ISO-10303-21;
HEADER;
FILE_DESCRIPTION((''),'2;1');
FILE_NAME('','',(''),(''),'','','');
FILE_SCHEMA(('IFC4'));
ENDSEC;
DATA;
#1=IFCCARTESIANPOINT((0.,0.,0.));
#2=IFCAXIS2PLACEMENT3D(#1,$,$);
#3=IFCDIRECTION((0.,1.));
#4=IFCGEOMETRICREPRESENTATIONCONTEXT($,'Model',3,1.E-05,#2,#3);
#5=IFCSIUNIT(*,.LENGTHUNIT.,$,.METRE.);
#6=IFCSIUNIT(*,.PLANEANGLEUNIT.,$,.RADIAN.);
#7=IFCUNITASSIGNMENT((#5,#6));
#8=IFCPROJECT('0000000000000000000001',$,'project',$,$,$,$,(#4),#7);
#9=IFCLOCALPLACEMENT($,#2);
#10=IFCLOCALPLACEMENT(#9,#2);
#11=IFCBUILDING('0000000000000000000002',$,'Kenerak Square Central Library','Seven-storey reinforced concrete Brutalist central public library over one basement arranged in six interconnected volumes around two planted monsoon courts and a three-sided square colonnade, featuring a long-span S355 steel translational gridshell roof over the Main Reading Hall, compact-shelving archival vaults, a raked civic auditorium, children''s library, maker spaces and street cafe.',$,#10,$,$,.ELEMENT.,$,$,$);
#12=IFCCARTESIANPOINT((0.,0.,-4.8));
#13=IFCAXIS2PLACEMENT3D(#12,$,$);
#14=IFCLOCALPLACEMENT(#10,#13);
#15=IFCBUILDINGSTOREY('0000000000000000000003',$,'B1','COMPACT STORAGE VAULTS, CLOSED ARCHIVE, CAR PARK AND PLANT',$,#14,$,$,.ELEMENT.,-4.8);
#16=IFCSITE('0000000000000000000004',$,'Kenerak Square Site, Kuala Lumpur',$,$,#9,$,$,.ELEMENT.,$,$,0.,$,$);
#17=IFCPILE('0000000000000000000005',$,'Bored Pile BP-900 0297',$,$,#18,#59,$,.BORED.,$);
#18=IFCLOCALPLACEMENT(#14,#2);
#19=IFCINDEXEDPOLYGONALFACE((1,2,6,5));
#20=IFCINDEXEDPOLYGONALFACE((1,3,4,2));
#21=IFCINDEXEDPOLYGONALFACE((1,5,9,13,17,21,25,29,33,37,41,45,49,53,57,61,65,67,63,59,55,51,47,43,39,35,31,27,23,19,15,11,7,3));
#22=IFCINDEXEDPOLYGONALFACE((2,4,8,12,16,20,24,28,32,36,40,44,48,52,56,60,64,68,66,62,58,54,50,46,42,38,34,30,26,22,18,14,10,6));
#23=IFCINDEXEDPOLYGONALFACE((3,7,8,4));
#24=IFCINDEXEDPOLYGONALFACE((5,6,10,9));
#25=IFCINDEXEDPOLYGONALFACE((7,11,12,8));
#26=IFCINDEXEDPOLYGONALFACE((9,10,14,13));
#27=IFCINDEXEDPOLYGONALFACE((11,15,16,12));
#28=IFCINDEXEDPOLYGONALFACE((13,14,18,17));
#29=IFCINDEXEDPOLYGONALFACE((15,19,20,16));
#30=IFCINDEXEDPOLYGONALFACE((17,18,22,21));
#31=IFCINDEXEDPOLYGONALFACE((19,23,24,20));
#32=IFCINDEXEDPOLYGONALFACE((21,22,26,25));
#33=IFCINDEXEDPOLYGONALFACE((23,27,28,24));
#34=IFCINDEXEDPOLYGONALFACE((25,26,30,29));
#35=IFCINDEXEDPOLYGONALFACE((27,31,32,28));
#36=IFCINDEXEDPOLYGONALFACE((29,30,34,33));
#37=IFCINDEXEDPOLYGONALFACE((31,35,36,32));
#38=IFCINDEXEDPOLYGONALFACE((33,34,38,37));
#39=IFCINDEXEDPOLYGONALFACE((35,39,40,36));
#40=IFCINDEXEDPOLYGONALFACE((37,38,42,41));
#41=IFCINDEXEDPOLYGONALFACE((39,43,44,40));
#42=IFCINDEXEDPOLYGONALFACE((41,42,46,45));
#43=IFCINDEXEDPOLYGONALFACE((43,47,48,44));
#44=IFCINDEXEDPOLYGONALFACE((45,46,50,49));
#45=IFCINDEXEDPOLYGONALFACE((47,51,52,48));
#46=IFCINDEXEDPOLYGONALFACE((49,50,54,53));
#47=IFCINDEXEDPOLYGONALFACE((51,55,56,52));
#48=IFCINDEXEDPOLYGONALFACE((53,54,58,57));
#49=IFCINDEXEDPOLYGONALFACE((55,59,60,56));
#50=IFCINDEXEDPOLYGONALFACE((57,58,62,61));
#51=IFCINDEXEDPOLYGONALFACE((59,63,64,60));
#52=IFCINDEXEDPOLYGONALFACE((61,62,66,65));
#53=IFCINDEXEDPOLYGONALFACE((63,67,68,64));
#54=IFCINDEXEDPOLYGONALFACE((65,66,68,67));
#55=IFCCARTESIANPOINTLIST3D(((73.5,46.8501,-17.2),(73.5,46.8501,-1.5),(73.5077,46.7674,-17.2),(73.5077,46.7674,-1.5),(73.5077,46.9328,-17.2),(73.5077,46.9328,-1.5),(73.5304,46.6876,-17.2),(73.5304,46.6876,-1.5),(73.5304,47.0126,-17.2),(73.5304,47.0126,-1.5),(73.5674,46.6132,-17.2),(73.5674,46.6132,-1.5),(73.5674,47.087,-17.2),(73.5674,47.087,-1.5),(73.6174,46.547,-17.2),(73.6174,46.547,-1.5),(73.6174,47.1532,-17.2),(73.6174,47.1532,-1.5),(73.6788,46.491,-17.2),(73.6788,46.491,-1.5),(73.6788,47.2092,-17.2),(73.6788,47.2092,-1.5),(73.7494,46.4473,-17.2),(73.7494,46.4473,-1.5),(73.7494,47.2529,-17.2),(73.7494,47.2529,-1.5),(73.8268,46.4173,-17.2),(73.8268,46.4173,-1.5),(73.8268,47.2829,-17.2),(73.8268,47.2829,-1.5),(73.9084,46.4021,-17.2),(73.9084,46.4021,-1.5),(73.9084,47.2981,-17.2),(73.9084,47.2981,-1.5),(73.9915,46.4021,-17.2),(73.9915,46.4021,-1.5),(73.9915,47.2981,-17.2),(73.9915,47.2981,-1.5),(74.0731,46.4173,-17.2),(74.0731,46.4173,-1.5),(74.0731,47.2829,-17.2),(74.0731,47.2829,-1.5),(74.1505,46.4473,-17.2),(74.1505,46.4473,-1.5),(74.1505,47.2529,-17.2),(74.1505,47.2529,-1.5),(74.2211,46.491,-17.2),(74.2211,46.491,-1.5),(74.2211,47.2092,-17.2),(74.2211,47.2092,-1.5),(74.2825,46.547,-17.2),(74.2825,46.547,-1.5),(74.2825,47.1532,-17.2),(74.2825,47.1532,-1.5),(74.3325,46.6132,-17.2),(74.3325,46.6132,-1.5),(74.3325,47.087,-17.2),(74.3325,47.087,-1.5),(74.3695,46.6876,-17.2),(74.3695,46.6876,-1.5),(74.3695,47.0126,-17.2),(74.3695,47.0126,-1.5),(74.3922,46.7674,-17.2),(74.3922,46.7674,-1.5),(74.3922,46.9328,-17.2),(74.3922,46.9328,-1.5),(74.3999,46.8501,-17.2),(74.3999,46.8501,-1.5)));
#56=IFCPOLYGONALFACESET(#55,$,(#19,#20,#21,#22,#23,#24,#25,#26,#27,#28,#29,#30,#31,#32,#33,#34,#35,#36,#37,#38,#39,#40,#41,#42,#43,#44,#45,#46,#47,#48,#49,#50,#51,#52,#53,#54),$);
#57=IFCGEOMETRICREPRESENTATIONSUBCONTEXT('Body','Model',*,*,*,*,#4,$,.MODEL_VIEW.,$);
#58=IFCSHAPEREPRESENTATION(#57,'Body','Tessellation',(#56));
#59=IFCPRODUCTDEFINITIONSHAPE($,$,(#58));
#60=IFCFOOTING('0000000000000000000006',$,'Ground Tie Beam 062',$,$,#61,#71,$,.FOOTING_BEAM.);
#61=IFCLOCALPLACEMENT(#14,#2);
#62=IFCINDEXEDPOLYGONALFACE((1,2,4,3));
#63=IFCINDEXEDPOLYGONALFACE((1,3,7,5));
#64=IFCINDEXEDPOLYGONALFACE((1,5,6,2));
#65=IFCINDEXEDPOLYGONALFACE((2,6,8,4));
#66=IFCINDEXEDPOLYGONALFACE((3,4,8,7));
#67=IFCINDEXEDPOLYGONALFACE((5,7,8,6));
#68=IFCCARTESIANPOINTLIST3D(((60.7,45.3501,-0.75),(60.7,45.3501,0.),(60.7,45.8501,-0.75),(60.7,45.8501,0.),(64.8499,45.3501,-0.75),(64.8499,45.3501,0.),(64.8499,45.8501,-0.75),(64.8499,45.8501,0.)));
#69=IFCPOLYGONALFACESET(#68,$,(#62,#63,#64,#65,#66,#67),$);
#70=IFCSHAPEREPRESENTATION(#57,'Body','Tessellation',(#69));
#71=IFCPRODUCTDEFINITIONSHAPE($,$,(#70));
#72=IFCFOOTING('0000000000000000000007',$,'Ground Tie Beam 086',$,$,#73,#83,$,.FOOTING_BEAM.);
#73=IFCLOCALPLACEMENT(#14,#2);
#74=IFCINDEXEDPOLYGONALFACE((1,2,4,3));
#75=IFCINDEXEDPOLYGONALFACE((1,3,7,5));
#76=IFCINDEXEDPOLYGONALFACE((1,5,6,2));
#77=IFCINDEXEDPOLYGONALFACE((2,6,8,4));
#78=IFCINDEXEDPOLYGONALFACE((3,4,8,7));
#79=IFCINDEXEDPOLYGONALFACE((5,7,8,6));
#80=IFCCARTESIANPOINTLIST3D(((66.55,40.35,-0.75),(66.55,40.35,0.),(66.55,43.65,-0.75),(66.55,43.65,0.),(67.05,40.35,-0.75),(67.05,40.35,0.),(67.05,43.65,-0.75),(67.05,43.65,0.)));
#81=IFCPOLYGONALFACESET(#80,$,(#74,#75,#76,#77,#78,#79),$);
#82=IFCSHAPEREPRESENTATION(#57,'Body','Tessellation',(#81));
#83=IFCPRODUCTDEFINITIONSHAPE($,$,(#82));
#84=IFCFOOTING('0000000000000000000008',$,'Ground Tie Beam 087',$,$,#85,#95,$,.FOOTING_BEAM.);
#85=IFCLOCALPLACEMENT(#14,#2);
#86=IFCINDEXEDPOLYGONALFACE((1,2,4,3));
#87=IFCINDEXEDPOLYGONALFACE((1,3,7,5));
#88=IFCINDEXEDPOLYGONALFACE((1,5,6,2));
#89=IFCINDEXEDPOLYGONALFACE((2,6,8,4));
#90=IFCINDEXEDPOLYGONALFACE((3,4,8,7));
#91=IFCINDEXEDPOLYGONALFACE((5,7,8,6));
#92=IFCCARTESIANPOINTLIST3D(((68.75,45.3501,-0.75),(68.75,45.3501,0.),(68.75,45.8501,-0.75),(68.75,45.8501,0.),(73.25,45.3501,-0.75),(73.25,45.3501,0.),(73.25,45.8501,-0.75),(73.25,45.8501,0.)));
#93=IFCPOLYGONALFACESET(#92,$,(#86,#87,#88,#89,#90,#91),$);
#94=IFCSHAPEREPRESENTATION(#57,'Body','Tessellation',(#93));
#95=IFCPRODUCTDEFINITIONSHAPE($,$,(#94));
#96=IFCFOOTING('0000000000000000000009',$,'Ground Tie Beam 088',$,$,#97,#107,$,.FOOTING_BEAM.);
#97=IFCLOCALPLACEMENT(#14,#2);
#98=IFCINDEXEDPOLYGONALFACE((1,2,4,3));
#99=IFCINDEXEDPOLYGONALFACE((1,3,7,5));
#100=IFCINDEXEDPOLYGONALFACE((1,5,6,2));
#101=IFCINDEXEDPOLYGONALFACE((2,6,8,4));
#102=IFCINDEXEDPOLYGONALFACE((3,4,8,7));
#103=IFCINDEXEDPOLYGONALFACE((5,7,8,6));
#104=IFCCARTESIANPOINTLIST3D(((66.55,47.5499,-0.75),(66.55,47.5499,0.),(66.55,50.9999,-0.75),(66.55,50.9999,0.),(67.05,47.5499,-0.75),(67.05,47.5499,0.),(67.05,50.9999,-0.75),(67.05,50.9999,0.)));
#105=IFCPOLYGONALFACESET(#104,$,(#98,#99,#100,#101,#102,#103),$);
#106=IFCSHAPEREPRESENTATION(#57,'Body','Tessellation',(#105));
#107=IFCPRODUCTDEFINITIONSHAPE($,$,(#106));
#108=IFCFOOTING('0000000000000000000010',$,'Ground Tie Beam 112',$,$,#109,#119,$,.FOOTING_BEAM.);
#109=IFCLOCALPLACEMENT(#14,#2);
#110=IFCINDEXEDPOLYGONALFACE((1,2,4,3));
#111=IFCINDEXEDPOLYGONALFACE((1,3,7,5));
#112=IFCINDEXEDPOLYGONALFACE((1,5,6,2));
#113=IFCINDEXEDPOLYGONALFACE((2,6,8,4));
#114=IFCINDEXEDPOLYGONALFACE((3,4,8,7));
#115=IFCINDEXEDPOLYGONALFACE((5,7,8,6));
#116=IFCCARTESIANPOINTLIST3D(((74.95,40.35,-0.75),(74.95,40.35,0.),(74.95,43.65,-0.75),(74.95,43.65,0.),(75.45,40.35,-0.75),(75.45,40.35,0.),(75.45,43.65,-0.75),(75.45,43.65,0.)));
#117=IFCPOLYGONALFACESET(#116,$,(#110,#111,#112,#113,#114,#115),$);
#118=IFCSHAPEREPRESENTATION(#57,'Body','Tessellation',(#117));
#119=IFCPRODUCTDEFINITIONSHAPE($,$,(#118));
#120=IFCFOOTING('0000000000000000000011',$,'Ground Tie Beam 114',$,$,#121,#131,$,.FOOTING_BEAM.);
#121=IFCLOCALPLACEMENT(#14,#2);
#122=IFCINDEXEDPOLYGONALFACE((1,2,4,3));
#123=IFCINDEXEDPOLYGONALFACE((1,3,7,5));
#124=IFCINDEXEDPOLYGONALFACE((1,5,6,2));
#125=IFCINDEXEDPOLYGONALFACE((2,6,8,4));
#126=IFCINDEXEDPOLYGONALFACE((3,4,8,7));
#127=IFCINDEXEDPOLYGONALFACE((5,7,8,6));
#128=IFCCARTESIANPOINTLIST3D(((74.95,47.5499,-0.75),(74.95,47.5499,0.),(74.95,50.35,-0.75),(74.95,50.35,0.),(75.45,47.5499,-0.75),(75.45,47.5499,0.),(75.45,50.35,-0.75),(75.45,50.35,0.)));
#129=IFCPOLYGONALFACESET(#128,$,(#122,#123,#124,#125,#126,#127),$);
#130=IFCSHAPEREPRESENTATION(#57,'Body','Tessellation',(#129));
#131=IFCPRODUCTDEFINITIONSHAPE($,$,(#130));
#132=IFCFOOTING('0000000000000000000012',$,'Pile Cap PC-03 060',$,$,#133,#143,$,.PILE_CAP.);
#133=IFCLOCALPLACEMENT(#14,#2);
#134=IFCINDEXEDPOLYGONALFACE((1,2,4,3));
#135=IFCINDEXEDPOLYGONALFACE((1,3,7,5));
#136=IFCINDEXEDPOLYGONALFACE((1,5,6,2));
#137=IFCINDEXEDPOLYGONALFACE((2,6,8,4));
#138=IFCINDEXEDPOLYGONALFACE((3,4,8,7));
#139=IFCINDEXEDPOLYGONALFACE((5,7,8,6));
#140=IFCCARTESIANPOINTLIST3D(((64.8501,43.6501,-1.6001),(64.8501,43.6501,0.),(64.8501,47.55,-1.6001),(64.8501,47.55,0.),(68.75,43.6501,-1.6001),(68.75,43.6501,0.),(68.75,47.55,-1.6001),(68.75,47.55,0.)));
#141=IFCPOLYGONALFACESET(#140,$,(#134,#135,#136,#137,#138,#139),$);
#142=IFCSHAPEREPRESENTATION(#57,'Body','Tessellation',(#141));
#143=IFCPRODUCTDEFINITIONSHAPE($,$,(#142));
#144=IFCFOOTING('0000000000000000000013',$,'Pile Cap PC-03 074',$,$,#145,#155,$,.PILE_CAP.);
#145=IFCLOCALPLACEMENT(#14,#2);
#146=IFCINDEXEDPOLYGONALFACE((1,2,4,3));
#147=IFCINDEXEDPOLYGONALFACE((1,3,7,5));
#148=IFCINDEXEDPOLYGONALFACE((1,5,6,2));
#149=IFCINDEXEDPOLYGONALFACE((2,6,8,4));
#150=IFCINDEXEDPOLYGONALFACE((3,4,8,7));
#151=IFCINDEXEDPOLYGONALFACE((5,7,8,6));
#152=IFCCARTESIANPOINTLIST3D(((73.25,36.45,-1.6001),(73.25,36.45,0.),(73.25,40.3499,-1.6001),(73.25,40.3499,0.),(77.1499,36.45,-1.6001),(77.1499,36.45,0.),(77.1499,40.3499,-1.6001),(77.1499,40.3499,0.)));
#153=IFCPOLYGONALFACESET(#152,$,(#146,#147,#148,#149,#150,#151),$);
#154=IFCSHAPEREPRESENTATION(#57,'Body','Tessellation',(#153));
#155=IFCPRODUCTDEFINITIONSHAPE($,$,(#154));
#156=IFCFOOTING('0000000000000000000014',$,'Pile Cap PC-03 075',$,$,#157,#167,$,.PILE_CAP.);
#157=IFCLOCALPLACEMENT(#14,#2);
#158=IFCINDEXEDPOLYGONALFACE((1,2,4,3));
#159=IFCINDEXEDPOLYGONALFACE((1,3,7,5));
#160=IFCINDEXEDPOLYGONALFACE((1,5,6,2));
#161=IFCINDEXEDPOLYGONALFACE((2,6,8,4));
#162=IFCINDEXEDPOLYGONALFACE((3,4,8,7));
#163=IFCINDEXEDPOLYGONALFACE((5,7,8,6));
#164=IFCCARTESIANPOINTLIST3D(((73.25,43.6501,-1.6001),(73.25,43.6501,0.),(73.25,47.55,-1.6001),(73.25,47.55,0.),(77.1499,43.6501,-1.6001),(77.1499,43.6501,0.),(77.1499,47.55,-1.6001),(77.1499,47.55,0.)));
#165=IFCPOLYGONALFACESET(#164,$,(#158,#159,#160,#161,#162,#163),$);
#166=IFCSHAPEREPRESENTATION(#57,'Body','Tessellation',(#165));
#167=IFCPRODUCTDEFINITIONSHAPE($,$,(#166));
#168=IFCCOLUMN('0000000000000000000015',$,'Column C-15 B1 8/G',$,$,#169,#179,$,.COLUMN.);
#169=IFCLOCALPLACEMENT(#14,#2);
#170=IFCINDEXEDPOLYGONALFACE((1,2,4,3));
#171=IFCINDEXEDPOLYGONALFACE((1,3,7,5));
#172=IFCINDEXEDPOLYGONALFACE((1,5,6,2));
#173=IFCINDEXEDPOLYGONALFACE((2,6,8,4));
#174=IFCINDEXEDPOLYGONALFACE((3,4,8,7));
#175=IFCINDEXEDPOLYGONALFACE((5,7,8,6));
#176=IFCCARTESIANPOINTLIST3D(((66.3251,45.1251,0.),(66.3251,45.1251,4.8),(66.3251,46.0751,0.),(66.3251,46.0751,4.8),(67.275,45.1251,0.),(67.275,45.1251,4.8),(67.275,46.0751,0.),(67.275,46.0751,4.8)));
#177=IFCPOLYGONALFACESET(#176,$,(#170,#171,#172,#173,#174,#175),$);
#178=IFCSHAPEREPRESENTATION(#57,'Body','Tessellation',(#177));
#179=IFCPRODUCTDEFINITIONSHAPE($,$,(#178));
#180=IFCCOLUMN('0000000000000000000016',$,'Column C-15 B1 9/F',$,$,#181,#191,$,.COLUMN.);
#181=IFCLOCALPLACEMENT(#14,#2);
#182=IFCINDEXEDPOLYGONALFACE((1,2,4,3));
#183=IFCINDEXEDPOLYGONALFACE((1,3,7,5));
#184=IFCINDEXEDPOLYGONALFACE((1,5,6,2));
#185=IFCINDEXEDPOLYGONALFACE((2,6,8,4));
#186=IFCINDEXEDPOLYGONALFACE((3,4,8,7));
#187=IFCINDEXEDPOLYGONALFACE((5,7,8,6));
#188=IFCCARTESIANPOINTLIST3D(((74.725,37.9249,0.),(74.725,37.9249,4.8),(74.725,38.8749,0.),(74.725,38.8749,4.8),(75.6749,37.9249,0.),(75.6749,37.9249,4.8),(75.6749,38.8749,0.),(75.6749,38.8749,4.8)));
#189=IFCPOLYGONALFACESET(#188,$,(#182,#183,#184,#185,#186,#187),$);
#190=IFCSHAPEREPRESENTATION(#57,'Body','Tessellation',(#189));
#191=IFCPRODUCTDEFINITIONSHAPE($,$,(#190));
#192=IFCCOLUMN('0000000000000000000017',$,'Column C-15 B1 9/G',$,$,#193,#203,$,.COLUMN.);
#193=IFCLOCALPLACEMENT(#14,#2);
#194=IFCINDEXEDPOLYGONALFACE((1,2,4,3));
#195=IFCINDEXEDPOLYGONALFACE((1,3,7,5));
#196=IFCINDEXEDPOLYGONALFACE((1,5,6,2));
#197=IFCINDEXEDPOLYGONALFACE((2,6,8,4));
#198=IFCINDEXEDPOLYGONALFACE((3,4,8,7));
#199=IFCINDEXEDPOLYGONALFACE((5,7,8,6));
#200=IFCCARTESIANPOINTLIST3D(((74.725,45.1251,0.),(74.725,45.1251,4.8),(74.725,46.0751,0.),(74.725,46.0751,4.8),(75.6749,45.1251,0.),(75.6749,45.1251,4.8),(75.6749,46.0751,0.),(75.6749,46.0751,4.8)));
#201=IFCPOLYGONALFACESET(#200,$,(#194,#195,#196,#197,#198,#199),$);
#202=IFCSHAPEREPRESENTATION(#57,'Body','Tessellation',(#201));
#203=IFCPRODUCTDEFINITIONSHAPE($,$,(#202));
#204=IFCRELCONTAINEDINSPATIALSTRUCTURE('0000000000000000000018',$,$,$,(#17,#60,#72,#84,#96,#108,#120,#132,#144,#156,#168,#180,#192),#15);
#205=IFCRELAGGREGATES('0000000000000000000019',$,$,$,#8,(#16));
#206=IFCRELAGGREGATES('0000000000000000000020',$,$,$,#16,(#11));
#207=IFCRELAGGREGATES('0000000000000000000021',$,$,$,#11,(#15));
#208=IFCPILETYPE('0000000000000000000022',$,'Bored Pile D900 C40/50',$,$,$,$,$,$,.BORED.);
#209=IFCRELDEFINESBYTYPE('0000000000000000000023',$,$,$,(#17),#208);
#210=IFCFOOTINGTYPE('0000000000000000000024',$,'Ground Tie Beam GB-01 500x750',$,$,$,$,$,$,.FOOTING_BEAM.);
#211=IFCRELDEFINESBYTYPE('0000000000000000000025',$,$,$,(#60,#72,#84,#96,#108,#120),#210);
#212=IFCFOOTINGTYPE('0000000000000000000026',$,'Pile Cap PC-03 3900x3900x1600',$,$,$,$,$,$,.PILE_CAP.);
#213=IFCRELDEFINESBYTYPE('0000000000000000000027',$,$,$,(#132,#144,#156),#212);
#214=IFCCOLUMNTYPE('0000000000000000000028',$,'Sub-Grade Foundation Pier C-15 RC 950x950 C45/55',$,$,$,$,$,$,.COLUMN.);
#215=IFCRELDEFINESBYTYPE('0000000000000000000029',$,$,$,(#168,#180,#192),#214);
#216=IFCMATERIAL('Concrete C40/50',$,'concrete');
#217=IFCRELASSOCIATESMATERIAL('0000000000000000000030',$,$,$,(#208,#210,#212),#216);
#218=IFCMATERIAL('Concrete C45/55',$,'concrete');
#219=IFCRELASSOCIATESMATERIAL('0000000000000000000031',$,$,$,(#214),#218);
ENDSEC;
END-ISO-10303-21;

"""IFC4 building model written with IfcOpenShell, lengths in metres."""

from ifc_helpers import new_model, si_unit, direction, frame, origin, origin_2d, place, context, subcontext, project, spatial, rectangle, circle, extrude, material, material_profile, profile_set, type_object, element, save


model = new_model("IFC4")

# Units and contexts
model_context = context("Model", 3, precision=1e-05, world=origin(), true_north=direction((0.0, 1.0)))
body_context = subcontext(model_context, "Body", "Model", "MODEL_VIEW")
ifc_project = project(units=[si_unit("LENGTHUNIT", "METRE"), si_unit("PLANEANGLEUNIT", "RADIAN")], contexts=[model_context])

# Site, building, storey
site_placement = place(None, origin())
site = spatial("IfcSite", under=ifc_project, at=site_placement, Name="Kenerak Square Site, Kuala Lumpur", CompositionType="ELEMENT", RefElevation=0.0)
building_placement = place(site_placement, origin())
building = spatial("IfcBuilding", under=site, at=building_placement, Name="Kenerak Square Central Library", Description="Seven-storey reinforced concrete Brutalist central public library over one basement arranged in six interconnected volumes around two planted monsoon courts and a three-sided square colonnade, featuring a long-span S355 steel translational gridshell roof over the Main Reading Hall, compact-shelving archival vaults, a raked civic auditorium, children's library, maker spaces and street cafe.", CompositionType="ELEMENT")
storey_placement = place(building_placement, frame((0.0, 0.0, -4.8)))
storey = spatial("IfcBuildingStorey", under=building, at=storey_placement, Name="B1", Description="COMPACT STORAGE VAULTS, CLOSED ARCHIVE, CAR PARK AND PLANT", CompositionType="ELEMENT", Elevation=-4.8)

# Pile
ifc_material_1 = material(Name="Concrete C40/50", Category="concrete")
ifc_material_profile_1 = material_profile(ifc_material_1, circle(Radius=0.45, at=origin_2d()), Name="BP D900")
ifc_profile_set_1 = profile_set([ifc_material_profile_1], Name="Concrete C40/50")
pile_type_1 = type_object("IfcPileType", Name="Bored Pile D900 C40/50", PredefinedType="BORED", material=ifc_profile_set_1)
for number, where, z_axis, x_axis, name in (
    (1, (73.95, 46.8501, -1.5), (0.0, 0.0, -1.0), (1.0, 0.0, 0.0), "Bored Pile BP-900 0297"),
):
    element("IfcPile", number, at=place(storey_placement, frame(where, z_axis=z_axis, x_axis=x_axis)), inside=storey, type_object=pile_type_1, Name=name, PredefinedType="BORED", context=body_context, shape_type="SweptSolid", body=[
        extrude(circle(Radius=0.45, at=origin_2d()), origin(), (0.0, 0.0, 1.0), 15.7),
    ])

# Footings
footing_type_1 = type_object("IfcFootingType", Name="Ground Tie Beam GB-01 500x750", PredefinedType="FOOTING_BEAM", material=ifc_material_1)
footing_1_placement = place(storey_placement, frame((62.7749, 45.6001, -0.75), z_axis=(0.0, 0.0, 1.0), x_axis=(1.0, 0.0, 0.0)))
element("IfcFooting", 2, at=footing_1_placement, inside=storey, type_object=footing_type_1, Name="Ground Tie Beam 062", PredefinedType="FOOTING_BEAM", context=body_context, shape_type="SweptSolid", body=[
    extrude(rectangle(XDim=4.1499, YDim=0.5, at=origin_2d()), origin(), (0.0, 0.0, 1.0), 0.75),
])
footing_2_placement = place(storey_placement, frame((66.8, 42.0, -0.75), z_axis=(0.0, 0.0, 1.0), x_axis=(1.0, 0.0, 0.0)))
element("IfcFooting", 3, at=footing_2_placement, inside=storey, type_object=footing_type_1, Name="Ground Tie Beam 086", PredefinedType="FOOTING_BEAM", context=body_context, shape_type="SweptSolid", body=[
    extrude(rectangle(XDim=0.5, YDim=3.3, at=origin_2d()), origin(), (0.0, 0.0, 1.0), 0.75),
])
footing_3_placement = place(storey_placement, frame((71.0, 45.6001, -0.75), z_axis=(0.0, 0.0, 1.0), x_axis=(1.0, 0.0, 0.0)))
element("IfcFooting", 4, at=footing_3_placement, inside=storey, type_object=footing_type_1, Name="Ground Tie Beam 087", PredefinedType="FOOTING_BEAM", context=body_context, shape_type="SweptSolid", body=[
    extrude(rectangle(XDim=4.5, YDim=0.5, at=origin_2d()), origin(), (0.0, 0.0, 1.0), 0.75),
])
footing_4_placement = place(storey_placement, frame((66.8, 49.2749, -0.75), z_axis=(0.0, 0.0, 1.0), x_axis=(1.0, 0.0, 0.0)))
element("IfcFooting", 5, at=footing_4_placement, inside=storey, type_object=footing_type_1, Name="Ground Tie Beam 088", PredefinedType="FOOTING_BEAM", context=body_context, shape_type="SweptSolid", body=[
    extrude(rectangle(XDim=0.5, YDim=3.45, at=origin_2d()), origin(), (0.0, 0.0, 1.0), 0.75),
])
footing_5_placement = place(storey_placement, frame((75.2, 42.0, -0.75), z_axis=(0.0, 0.0, 1.0), x_axis=(1.0, 0.0, 0.0)))
element("IfcFooting", 6, at=footing_5_placement, inside=storey, type_object=footing_type_1, Name="Ground Tie Beam 112", PredefinedType="FOOTING_BEAM", context=body_context, shape_type="SweptSolid", body=[
    extrude(rectangle(XDim=0.5, YDim=3.3, at=origin_2d()), origin(), (0.0, 0.0, 1.0), 0.75),
])
footing_6_placement = place(storey_placement, frame((75.2, 48.95, -0.75), z_axis=(0.0, 0.0, 1.0), x_axis=(1.0, 0.0, 0.0)))
element("IfcFooting", 7, at=footing_6_placement, inside=storey, type_object=footing_type_1, Name="Ground Tie Beam 114", PredefinedType="FOOTING_BEAM", context=body_context, shape_type="SweptSolid", body=[
    extrude(rectangle(XDim=0.5, YDim=2.8, at=origin_2d()), origin(), (0.0, 0.0, 1.0), 0.75),
])
footing_type_2 = type_object("IfcFootingType", Name="Pile Cap PC-03 3900x3900x1600", PredefinedType="PILE_CAP", material=ifc_material_1)
for number, where, z_axis, x_axis, name in (
    (8, (66.8, 45.6001, -1.6001), (0.0, 0.0, 1.0), (1.0, 0.0, 0.0), "Pile Cap PC-03 060"),
    (9, (75.2, 38.3999, -1.6001), (0.0, 0.0, 1.0), (1.0, 0.0, 0.0), "Pile Cap PC-03 074"),
    (10, (75.2, 45.6001, -1.6001), (0.0, 0.0, 1.0), (1.0, 0.0, 0.0), "Pile Cap PC-03 075"),
):
    element("IfcFooting", number, at=place(storey_placement, frame(where, z_axis=z_axis, x_axis=x_axis)), inside=storey, type_object=footing_type_2, Name=name, PredefinedType="PILE_CAP", context=body_context, shape_type="SweptSolid", body=[
        extrude(rectangle(XDim=3.8999, YDim=3.8999, at=origin_2d()), origin(), (0.0, 0.0, 1.0), 1.6001),
    ])

# Columns
ifc_material_2 = material(Name="Concrete C45/55", Category="concrete")
ifc_material_profile_2 = material_profile(ifc_material_2, rectangle(XDim=0.95, YDim=0.95, at=origin_2d()), Name="RC 950x950")
ifc_profile_set_2 = profile_set([ifc_material_profile_2], Name="Concrete C45/55")
column_type = type_object("IfcColumnType", Name="Sub-Grade Foundation Pier C-15 RC 950x950 C45/55", PredefinedType="COLUMN", material=ifc_profile_set_2)
for number, where, z_axis, x_axis, name in (
    (11, (66.8, 45.6001, 0.0), (0.0, 0.0, 1.0), (1.0, 0.0, 0.0), "Column C-15 B1 8/G"),
    (12, (75.2, 38.3999, 0.0), (0.0, 0.0, 1.0), (1.0, 0.0, 0.0), "Column C-15 B1 9/F"),
    (13, (75.2, 45.6001, 0.0), (0.0, 0.0, 1.0), (1.0, 0.0, 0.0), "Column C-15 B1 9/G"),
):
    element("IfcColumn", number, at=place(storey_placement, frame(where, z_axis=z_axis, x_axis=x_axis)), inside=storey, type_object=column_type, Name=name, PredefinedType="COLUMN", context=body_context, shape_type="SweptSolid", body=[
        extrude(rectangle(XDim=0.95, YDim=0.95, at=origin_2d()), origin(), (0.0, 0.0, 1.0), 4.8),
    ])

save(model, "model.ifc")
